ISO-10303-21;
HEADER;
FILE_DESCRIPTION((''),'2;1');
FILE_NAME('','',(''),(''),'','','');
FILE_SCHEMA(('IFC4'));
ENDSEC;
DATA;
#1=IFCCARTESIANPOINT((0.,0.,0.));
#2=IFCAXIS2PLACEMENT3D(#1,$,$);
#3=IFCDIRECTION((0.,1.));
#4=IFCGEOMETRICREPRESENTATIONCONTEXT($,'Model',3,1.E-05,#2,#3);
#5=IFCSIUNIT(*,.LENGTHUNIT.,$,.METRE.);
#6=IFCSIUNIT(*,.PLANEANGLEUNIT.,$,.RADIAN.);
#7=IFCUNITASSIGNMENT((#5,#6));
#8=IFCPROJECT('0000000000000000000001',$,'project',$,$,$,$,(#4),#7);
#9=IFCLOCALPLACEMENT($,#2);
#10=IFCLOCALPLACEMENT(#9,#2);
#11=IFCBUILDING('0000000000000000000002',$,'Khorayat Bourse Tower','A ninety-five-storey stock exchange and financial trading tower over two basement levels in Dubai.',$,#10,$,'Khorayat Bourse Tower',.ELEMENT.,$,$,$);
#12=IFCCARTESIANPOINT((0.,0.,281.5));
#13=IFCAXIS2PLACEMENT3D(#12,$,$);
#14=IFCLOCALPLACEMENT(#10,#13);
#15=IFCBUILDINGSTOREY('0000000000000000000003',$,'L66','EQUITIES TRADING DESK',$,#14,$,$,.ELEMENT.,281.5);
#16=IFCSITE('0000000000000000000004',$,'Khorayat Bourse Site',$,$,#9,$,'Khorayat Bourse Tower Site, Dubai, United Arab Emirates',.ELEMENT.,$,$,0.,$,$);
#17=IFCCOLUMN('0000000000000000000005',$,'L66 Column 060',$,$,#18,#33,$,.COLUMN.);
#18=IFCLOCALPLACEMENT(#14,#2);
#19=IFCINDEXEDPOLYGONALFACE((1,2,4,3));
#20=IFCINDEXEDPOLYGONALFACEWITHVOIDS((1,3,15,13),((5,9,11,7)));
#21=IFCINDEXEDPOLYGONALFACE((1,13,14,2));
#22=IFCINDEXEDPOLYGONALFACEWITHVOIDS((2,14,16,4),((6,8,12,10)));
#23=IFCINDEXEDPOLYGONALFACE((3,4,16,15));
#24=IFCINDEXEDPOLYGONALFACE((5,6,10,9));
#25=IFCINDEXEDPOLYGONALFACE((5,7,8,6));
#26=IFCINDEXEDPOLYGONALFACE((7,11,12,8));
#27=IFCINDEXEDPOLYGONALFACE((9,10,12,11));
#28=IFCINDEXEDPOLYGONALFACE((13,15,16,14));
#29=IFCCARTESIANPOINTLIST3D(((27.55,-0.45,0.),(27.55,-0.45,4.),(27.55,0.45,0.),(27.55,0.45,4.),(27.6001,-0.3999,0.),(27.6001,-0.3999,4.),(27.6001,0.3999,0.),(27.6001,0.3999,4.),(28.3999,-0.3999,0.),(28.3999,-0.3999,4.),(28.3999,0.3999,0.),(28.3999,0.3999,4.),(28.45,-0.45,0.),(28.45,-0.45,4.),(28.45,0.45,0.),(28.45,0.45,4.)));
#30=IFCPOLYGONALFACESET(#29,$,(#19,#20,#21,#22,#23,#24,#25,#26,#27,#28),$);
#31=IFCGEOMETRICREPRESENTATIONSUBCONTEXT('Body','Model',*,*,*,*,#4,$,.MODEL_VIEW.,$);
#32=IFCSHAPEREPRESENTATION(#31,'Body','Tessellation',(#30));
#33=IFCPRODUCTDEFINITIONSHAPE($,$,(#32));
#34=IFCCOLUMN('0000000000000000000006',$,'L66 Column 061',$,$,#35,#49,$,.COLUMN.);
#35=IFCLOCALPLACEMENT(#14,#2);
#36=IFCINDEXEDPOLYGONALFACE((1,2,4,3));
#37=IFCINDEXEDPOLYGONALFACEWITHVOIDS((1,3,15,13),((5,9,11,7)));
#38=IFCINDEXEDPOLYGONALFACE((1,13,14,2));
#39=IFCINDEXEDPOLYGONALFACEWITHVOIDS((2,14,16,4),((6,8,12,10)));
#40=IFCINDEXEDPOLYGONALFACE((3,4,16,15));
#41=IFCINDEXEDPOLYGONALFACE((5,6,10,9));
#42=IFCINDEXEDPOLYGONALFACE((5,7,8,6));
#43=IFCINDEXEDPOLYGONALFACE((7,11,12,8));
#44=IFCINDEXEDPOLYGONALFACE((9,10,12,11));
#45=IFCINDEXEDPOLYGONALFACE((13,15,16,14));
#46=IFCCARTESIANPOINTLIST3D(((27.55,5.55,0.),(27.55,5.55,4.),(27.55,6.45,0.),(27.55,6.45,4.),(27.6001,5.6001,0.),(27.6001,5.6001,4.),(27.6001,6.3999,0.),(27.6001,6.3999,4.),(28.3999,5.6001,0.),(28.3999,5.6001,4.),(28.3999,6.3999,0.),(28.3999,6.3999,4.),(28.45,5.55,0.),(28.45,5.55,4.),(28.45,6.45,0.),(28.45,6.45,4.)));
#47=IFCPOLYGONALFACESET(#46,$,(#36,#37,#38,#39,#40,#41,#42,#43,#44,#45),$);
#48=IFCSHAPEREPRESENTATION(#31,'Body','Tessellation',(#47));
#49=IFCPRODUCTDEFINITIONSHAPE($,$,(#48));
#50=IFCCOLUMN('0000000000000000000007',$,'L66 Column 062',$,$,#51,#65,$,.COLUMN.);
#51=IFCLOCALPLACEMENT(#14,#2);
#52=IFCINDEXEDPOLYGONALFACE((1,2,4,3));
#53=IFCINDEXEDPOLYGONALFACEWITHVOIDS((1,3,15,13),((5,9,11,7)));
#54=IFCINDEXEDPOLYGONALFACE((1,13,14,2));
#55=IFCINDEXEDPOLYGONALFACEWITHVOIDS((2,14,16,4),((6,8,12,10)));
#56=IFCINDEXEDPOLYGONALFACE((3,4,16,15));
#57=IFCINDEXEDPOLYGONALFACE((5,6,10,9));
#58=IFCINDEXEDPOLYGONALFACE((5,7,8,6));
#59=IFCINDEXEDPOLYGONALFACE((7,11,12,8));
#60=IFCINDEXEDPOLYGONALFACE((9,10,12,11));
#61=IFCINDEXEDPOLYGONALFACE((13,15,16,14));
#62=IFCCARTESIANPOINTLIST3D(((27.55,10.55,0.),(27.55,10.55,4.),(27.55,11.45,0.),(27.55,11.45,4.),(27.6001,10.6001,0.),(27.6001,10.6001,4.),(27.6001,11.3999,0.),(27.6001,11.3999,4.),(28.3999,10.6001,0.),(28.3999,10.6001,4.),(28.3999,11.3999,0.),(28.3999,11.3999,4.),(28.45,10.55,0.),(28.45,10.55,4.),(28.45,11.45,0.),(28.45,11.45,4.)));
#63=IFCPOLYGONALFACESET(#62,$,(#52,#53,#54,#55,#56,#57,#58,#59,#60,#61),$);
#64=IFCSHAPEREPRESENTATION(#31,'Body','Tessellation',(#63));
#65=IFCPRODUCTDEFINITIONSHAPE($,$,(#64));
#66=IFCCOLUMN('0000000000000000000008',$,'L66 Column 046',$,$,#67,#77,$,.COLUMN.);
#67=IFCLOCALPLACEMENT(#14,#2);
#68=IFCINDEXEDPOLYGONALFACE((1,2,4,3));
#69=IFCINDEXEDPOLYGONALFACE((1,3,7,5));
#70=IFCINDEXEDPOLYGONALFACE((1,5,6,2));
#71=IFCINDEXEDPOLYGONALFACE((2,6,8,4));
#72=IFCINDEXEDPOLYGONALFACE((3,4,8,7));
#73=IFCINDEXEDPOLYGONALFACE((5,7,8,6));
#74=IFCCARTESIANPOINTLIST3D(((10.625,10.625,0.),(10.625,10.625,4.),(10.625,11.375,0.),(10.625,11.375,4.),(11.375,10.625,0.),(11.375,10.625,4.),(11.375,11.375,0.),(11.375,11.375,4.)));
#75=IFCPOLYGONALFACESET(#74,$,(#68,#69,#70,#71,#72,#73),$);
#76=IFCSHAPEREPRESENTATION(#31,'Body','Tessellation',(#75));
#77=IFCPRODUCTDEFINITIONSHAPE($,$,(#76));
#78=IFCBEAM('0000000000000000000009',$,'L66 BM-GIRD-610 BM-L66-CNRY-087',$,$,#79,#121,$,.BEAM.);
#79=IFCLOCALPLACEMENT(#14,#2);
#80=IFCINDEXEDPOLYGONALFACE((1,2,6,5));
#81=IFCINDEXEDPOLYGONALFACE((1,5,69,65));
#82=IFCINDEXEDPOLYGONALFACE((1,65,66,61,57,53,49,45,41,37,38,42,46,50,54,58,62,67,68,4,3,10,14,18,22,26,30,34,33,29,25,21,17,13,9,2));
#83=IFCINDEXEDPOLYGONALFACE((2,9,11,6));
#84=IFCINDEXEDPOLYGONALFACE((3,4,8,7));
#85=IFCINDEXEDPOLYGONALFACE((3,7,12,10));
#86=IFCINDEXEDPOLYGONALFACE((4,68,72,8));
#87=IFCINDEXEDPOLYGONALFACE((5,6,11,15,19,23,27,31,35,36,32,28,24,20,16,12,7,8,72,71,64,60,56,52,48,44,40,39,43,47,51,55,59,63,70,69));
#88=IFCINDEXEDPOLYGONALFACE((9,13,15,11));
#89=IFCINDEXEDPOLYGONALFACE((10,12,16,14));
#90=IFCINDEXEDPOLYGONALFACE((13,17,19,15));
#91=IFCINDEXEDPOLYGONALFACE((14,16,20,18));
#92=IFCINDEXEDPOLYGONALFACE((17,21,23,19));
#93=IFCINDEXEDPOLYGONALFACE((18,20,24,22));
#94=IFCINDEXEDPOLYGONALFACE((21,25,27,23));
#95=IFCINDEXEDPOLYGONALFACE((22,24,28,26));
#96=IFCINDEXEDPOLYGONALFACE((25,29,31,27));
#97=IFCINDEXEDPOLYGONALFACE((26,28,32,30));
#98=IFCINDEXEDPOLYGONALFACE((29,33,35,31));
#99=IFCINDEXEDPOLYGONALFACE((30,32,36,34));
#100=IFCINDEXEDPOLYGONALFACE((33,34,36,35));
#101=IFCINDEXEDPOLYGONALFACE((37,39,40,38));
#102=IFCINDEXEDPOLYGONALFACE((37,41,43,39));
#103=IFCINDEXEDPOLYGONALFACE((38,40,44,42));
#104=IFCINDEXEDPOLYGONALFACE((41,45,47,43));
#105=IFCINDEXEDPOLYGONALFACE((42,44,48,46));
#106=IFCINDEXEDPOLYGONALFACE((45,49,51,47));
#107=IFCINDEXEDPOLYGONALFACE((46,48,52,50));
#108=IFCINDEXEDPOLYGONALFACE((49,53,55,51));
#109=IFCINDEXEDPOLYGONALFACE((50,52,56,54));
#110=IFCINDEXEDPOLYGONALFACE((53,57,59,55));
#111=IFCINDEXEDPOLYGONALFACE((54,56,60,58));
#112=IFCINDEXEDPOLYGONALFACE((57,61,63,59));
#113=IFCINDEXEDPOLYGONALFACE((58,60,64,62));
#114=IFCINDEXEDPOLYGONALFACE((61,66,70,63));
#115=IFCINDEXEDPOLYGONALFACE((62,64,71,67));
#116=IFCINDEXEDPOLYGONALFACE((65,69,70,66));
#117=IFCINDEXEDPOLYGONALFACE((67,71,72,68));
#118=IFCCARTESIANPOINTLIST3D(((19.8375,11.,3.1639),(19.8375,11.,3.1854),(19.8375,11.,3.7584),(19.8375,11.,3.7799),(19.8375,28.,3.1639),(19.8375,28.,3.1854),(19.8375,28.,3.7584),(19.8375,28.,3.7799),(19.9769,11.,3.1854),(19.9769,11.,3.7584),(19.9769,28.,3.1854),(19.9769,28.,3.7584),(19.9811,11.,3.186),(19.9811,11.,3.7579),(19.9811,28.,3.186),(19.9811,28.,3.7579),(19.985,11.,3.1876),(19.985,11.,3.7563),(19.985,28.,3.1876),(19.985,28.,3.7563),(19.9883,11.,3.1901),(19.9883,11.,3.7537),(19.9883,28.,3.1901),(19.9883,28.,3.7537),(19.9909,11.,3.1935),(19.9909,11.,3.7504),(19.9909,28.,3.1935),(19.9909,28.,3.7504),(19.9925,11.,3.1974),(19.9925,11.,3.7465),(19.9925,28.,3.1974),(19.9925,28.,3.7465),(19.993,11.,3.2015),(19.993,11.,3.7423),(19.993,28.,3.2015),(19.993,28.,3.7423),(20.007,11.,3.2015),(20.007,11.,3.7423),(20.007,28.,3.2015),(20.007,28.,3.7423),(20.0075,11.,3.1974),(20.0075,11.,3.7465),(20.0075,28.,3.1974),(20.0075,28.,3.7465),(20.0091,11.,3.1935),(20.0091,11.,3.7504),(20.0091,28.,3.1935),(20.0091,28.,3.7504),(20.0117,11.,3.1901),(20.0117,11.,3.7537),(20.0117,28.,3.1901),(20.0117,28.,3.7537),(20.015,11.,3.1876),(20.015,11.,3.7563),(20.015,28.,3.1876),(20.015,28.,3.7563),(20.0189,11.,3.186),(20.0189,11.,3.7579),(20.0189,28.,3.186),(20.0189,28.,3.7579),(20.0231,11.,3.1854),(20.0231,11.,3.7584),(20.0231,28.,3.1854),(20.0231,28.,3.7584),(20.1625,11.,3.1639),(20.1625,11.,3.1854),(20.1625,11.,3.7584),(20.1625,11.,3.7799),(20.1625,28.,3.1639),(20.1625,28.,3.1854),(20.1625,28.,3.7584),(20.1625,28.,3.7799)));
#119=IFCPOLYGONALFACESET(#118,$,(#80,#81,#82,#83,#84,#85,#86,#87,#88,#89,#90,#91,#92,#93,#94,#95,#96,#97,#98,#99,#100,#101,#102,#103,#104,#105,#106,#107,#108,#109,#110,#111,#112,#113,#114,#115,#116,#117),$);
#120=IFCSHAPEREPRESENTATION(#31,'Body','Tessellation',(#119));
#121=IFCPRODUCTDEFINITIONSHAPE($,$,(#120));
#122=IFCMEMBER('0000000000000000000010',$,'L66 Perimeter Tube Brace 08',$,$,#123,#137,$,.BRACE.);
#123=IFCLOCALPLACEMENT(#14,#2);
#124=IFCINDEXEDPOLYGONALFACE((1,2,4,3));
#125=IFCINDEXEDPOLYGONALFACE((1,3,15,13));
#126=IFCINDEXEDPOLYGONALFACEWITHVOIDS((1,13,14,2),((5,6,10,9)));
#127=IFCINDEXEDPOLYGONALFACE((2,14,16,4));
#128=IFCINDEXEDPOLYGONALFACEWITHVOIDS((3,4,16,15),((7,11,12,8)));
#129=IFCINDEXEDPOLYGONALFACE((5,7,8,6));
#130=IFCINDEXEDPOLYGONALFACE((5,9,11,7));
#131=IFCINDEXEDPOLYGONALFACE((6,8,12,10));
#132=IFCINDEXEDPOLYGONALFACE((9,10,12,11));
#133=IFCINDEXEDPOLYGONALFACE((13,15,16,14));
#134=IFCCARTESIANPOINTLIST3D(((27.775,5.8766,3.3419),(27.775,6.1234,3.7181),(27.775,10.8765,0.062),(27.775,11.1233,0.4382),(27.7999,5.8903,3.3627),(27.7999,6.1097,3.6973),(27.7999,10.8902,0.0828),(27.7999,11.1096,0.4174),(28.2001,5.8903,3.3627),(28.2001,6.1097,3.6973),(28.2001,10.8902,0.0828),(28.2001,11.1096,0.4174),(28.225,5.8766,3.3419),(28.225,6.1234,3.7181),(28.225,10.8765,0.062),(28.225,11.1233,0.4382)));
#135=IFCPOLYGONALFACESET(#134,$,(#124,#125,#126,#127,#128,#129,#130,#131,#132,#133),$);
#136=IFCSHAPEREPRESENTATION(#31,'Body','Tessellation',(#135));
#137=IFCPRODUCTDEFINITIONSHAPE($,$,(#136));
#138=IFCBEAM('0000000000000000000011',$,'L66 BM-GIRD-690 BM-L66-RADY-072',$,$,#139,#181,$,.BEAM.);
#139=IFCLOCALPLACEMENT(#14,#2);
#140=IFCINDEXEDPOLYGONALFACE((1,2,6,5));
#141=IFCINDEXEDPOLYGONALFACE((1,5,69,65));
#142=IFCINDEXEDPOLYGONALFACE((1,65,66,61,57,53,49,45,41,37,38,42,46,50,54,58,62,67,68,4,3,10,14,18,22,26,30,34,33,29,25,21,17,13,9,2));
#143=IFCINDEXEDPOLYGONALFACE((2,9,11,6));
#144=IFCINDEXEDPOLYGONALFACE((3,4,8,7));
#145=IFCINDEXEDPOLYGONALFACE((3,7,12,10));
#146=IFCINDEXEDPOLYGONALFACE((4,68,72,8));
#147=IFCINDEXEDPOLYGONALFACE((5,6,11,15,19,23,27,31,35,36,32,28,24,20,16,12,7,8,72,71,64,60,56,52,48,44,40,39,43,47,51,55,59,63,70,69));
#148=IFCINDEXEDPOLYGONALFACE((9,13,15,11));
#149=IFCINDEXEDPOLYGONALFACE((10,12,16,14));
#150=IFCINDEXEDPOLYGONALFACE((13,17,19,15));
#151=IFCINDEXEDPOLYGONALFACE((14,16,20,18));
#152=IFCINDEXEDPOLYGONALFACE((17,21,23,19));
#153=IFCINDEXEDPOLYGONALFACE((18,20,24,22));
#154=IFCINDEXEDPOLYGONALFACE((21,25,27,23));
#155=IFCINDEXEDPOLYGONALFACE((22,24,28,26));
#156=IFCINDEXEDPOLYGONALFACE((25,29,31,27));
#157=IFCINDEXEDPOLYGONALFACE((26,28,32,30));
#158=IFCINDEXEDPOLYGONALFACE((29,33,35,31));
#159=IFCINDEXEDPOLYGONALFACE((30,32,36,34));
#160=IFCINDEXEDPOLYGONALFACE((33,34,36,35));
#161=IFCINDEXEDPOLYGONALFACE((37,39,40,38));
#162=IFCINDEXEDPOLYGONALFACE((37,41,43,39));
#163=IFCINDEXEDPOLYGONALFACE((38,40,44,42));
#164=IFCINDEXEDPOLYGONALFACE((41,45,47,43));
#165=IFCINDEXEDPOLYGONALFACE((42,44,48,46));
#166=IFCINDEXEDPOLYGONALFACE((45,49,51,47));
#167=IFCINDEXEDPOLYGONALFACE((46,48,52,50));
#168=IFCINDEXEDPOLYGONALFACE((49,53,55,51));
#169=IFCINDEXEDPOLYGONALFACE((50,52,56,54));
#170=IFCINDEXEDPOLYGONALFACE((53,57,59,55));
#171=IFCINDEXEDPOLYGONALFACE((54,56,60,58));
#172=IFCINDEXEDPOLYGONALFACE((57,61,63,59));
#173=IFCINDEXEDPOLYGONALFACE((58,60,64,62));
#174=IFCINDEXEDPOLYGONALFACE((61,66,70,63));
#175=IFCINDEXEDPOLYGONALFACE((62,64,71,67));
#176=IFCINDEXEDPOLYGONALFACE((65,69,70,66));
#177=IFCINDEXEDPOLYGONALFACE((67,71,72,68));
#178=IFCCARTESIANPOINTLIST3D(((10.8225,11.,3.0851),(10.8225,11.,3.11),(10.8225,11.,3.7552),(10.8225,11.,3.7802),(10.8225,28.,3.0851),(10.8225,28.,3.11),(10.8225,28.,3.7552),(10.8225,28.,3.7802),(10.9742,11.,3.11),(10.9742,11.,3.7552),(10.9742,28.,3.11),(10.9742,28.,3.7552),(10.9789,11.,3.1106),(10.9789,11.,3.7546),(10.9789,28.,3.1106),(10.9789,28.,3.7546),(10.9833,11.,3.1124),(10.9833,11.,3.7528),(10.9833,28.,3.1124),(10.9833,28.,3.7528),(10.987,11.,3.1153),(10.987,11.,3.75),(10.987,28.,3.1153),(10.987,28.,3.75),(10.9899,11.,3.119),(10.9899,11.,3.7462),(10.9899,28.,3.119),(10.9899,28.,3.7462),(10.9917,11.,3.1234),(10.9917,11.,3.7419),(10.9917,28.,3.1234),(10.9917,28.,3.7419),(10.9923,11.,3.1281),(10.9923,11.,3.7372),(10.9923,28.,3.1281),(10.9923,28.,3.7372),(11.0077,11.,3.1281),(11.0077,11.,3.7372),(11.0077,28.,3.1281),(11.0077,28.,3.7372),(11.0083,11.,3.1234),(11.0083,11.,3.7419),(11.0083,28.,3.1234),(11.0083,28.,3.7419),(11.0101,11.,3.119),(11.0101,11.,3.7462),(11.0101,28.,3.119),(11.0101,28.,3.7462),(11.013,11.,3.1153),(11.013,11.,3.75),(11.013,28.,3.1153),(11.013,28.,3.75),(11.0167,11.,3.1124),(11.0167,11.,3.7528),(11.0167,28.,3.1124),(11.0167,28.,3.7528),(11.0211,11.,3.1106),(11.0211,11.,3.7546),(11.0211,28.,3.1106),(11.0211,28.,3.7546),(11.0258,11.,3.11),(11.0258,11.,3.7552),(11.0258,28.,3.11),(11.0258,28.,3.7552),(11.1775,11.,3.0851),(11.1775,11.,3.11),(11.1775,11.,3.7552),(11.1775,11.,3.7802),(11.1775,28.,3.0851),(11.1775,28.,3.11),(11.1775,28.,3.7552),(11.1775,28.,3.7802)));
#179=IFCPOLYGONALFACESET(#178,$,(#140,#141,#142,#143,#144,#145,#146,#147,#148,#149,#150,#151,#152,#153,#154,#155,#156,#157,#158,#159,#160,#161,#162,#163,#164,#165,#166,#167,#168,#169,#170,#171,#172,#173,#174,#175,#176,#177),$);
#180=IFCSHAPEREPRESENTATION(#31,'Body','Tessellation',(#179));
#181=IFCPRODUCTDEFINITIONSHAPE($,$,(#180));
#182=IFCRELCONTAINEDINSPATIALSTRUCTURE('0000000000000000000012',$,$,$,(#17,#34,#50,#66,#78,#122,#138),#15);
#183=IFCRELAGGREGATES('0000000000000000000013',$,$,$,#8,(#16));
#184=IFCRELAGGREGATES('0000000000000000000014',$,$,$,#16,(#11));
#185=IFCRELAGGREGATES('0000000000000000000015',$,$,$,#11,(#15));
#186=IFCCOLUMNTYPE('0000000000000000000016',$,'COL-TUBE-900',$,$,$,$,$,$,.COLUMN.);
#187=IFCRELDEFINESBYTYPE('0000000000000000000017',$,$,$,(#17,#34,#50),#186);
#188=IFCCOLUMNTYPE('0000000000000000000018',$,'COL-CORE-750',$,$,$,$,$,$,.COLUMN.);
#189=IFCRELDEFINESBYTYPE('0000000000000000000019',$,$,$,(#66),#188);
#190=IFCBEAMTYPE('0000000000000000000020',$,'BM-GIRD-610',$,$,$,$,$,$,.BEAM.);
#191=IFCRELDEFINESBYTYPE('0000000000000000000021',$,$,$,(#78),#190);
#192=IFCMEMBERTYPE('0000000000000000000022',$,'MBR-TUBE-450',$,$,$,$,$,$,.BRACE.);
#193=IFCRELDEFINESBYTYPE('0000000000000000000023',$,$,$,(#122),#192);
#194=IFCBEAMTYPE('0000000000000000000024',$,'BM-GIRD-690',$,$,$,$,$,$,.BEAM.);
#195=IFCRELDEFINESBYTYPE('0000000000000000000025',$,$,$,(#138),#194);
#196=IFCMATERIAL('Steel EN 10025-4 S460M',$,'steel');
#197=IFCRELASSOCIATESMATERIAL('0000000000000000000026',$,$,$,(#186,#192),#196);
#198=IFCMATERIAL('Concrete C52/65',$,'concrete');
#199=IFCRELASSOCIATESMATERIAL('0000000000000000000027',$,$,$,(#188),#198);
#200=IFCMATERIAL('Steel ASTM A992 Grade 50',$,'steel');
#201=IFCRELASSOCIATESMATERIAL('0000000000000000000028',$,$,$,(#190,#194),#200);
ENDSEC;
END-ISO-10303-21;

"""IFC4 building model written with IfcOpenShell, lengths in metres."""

from ifc_helpers import new_model, si_unit, direction, frame, origin, origin_2d, place, context, subcontext, project, spatial, rectangle, hollow_rectangle, i_section, extrude, source, transform, mapped, material, material_profile, profile_set, type_object, element, save


model = new_model("IFC4")

# Units and contexts
model_context = context("Model", 3, precision=1e-05, world=origin(), true_north=direction((0.0, 1.0)))
body_context = subcontext(model_context, "Body", "Model", "MODEL_VIEW")
ifc_project = project(units=[si_unit("LENGTHUNIT", "METRE"), si_unit("PLANEANGLEUNIT", "RADIAN")], contexts=[model_context])

# Site, building, storey
site_placement = place(None, origin())
site = spatial("IfcSite", under=ifc_project, at=site_placement, Name="Khorayat Bourse Site", LongName="Khorayat Bourse Tower Site, Dubai, United Arab Emirates", CompositionType="ELEMENT", RefElevation=0.0)
building_placement = place(site_placement, origin())
building = spatial("IfcBuilding", under=site, at=building_placement, Name="Khorayat Bourse Tower", Description="A ninety-five-storey stock exchange and financial trading tower over two basement levels in Dubai.", LongName="Khorayat Bourse Tower", CompositionType="ELEMENT")
storey_placement = place(building_placement, frame((0.0, 0.0, 281.5)))
storey = spatial("IfcBuildingStorey", under=building, at=storey_placement, Name="L66", Description="EQUITIES TRADING DESK", CompositionType="ELEMENT", Elevation=281.5)

# Columns
ifc_material_1 = material(Name="Steel EN 10025-4 S460M", Category="steel")
ifc_material_profile_1 = material_profile(ifc_material_1, hollow_rectangle(XDim=0.8999, YDim=0.8999, WallThickness=0.05, at=origin_2d()), Name="BOX 900x900x50")
ifc_profile_set_1 = profile_set([ifc_material_profile_1], Name="Steel EN 10025-4 S460M")
column_type_1 = type_object("IfcColumnType", Name="COL-TUBE-900", PredefinedType="COLUMN", material=ifc_profile_set_1)
shared_shape_1 = source(origin(), body_context, "Body", "SweptSolid", [
    extrude(hollow_rectangle(XDim=0.8999, YDim=0.8999, WallThickness=0.05, at=origin_2d()), origin(), (0.0, 0.0, 1.0), 4.0),
])
for number, where, z_axis, x_axis, name in (
    (1, (28.0, 0.0, 0.0), (0.0, 0.0, 1.0), (1.0, 0.0, 0.0), "L66 Column 060"),
    (2, (28.0, 6.0, 0.0), (0.0, 0.0, 1.0), (1.0, 0.0, 0.0), "L66 Column 061"),
    (3, (28.0, 11.0, 0.0), (0.0, 0.0, 1.0), (1.0, 0.0, 0.0), "L66 Column 062"),
):
    element("IfcColumn", number, at=place(storey_placement, frame(where, z_axis=z_axis, x_axis=x_axis)), inside=storey, type_object=column_type_1, Name=name, PredefinedType="COLUMN", context=body_context, shape_type="MappedRepresentation", body=[
        mapped(shared_shape_1, transform((0.0, 0.0, 0.0), scale=1.0)),
    ])
ifc_material_2 = material(Name="Concrete C52/65", Category="concrete")
ifc_material_profile_2 = material_profile(ifc_material_2, rectangle(XDim=0.75, YDim=0.75, at=origin_2d()), Name="RC 750x750")
ifc_profile_set_2 = profile_set([ifc_material_profile_2], Name="Concrete C52/65")
column_type_2 = type_object("IfcColumnType", Name="COL-CORE-750", PredefinedType="COLUMN", material=ifc_profile_set_2)
shared_shape_2 = source(origin(), body_context, "Body", "SweptSolid", [
    extrude(rectangle(XDim=0.75, YDim=0.75, at=origin_2d()), origin(), (0.0, 0.0, 1.0), 4.0),
])
column_placement = place(storey_placement, frame((11.0, 11.0, 0.0), z_axis=(0.0, 0.0, 1.0), x_axis=(1.0, 0.0, 0.0)))
element("IfcColumn", 4, at=column_placement, inside=storey, type_object=column_type_2, Name="L66 Column 046", PredefinedType="COLUMN", context=body_context, shape_type="MappedRepresentation", body=[
    mapped(shared_shape_2, transform((0.0, 0.0, 0.0), scale=1.0)),
])

# Beam
ifc_material_3 = material(Name="Steel ASTM A992 Grade 50", Category="steel")
ifc_material_profile_3 = material_profile(ifc_material_3, i_section(OverallWidth=0.325, OverallDepth=0.616, WebThickness=0.0139, FlangeThickness=0.0215, FilletRadius=0.0161, at=origin_2d()), Name="W610X174")
ifc_profile_set_3 = profile_set([ifc_material_profile_3], Name="Steel ASTM A992 Grade 50")
beam_type_1 = type_object("IfcBeamType", Name="BM-GIRD-610", PredefinedType="BEAM", material=ifc_profile_set_3)
shared_shape_3 = source(origin(), body_context, "Body", "SweptSolid", [
    extrude(i_section(OverallWidth=0.325, OverallDepth=0.616, WebThickness=0.0139, FlangeThickness=0.0215, FilletRadius=0.0161, at=origin_2d()), origin(), (0.0, 0.0, 1.0), 17.0),
])
beam_1_placement = place(storey_placement, frame((20.0, 11.0, 3.4719), z_axis=(0.0, 1.0, 0.0), x_axis=(-1.0, 0.0, 0.0)))
element("IfcBeam", 5, at=beam_1_placement, inside=storey, type_object=beam_type_1, Name="L66 BM-GIRD-610 BM-L66-CNRY-087", PredefinedType="BEAM", context=body_context, shape_type="MappedRepresentation", body=[
    mapped(shared_shape_3, transform((0.0, 0.0, 0.0), scale=1.0)),
])

# Member
ifc_material_profile_4 = material_profile(ifc_material_1, hollow_rectangle(XDim=0.45, YDim=0.45, WallThickness=0.0249, at=origin_2d()), Name="HSS 450x450x25")
ifc_profile_set_4 = profile_set([ifc_material_profile_4], Name="Steel EN 10025-4 S460M")
member_type_1 = type_object("IfcMemberType", Name="MBR-TUBE-450", PredefinedType="BRACE", material=ifc_profile_set_4)
shared_shape_4 = source(origin(), body_context, "Body", "SweptSolid", [
    extrude(hollow_rectangle(XDim=0.45, YDim=0.45, WallThickness=0.0249, at=origin_2d()), origin(), (0.0, 0.0, 1.0), 5.9797),
])
member_1_placement = place(storey_placement, frame((28.0, 6.0, 3.53), z_axis=(0.0, 0.836142, -0.548514), x_axis=(-1.0, 0.0, 0.0)))
element("IfcMember", 6, at=member_1_placement, inside=storey, type_object=member_type_1, Name="L66 Perimeter Tube Brace 08", PredefinedType="BRACE", context=body_context, shape_type="MappedRepresentation", body=[
    mapped(shared_shape_4, transform((0.0, 0.0, 0.0), scale=1.0)),
])

# Beam
ifc_material_profile_5 = material_profile(ifc_material_3, i_section(OverallWidth=0.355, OverallDepth=0.6951, WebThickness=0.0154, FlangeThickness=0.0249, FilletRadius=0.0181, at=origin_2d()), Name="W690X217")
ifc_profile_set_5 = profile_set([ifc_material_profile_5], Name="Steel ASTM A992 Grade 50")
beam_type_2 = type_object("IfcBeamType", Name="BM-GIRD-690", PredefinedType="BEAM", material=ifc_profile_set_5)
shared_shape_5 = source(origin(), body_context, "Body", "SweptSolid", [
    extrude(i_section(OverallWidth=0.355, OverallDepth=0.6951, WebThickness=0.0154, FlangeThickness=0.0249, FilletRadius=0.0181, at=origin_2d()), origin(), (0.0, 0.0, 1.0), 17.0),
])
for number, where, z_axis, x_axis, name in (
    (7, (11.0, 11.0, 3.4326), (0.0, 1.0, 0.0), (-1.0, 0.0, 0.0), "L66 BM-GIRD-690 BM-L66-RADY-072"),
):
    element("IfcBeam", number, at=place(storey_placement, frame(where, z_axis=z_axis, x_axis=x_axis)), inside=storey, type_object=beam_type_2, Name=name, PredefinedType="BEAM", context=body_context, shape_type="MappedRepresentation", body=[
        mapped(shared_shape_5, transform((0.0, 0.0, 0.0), scale=1.0)),
    ])

save(model, "model.ifc")
